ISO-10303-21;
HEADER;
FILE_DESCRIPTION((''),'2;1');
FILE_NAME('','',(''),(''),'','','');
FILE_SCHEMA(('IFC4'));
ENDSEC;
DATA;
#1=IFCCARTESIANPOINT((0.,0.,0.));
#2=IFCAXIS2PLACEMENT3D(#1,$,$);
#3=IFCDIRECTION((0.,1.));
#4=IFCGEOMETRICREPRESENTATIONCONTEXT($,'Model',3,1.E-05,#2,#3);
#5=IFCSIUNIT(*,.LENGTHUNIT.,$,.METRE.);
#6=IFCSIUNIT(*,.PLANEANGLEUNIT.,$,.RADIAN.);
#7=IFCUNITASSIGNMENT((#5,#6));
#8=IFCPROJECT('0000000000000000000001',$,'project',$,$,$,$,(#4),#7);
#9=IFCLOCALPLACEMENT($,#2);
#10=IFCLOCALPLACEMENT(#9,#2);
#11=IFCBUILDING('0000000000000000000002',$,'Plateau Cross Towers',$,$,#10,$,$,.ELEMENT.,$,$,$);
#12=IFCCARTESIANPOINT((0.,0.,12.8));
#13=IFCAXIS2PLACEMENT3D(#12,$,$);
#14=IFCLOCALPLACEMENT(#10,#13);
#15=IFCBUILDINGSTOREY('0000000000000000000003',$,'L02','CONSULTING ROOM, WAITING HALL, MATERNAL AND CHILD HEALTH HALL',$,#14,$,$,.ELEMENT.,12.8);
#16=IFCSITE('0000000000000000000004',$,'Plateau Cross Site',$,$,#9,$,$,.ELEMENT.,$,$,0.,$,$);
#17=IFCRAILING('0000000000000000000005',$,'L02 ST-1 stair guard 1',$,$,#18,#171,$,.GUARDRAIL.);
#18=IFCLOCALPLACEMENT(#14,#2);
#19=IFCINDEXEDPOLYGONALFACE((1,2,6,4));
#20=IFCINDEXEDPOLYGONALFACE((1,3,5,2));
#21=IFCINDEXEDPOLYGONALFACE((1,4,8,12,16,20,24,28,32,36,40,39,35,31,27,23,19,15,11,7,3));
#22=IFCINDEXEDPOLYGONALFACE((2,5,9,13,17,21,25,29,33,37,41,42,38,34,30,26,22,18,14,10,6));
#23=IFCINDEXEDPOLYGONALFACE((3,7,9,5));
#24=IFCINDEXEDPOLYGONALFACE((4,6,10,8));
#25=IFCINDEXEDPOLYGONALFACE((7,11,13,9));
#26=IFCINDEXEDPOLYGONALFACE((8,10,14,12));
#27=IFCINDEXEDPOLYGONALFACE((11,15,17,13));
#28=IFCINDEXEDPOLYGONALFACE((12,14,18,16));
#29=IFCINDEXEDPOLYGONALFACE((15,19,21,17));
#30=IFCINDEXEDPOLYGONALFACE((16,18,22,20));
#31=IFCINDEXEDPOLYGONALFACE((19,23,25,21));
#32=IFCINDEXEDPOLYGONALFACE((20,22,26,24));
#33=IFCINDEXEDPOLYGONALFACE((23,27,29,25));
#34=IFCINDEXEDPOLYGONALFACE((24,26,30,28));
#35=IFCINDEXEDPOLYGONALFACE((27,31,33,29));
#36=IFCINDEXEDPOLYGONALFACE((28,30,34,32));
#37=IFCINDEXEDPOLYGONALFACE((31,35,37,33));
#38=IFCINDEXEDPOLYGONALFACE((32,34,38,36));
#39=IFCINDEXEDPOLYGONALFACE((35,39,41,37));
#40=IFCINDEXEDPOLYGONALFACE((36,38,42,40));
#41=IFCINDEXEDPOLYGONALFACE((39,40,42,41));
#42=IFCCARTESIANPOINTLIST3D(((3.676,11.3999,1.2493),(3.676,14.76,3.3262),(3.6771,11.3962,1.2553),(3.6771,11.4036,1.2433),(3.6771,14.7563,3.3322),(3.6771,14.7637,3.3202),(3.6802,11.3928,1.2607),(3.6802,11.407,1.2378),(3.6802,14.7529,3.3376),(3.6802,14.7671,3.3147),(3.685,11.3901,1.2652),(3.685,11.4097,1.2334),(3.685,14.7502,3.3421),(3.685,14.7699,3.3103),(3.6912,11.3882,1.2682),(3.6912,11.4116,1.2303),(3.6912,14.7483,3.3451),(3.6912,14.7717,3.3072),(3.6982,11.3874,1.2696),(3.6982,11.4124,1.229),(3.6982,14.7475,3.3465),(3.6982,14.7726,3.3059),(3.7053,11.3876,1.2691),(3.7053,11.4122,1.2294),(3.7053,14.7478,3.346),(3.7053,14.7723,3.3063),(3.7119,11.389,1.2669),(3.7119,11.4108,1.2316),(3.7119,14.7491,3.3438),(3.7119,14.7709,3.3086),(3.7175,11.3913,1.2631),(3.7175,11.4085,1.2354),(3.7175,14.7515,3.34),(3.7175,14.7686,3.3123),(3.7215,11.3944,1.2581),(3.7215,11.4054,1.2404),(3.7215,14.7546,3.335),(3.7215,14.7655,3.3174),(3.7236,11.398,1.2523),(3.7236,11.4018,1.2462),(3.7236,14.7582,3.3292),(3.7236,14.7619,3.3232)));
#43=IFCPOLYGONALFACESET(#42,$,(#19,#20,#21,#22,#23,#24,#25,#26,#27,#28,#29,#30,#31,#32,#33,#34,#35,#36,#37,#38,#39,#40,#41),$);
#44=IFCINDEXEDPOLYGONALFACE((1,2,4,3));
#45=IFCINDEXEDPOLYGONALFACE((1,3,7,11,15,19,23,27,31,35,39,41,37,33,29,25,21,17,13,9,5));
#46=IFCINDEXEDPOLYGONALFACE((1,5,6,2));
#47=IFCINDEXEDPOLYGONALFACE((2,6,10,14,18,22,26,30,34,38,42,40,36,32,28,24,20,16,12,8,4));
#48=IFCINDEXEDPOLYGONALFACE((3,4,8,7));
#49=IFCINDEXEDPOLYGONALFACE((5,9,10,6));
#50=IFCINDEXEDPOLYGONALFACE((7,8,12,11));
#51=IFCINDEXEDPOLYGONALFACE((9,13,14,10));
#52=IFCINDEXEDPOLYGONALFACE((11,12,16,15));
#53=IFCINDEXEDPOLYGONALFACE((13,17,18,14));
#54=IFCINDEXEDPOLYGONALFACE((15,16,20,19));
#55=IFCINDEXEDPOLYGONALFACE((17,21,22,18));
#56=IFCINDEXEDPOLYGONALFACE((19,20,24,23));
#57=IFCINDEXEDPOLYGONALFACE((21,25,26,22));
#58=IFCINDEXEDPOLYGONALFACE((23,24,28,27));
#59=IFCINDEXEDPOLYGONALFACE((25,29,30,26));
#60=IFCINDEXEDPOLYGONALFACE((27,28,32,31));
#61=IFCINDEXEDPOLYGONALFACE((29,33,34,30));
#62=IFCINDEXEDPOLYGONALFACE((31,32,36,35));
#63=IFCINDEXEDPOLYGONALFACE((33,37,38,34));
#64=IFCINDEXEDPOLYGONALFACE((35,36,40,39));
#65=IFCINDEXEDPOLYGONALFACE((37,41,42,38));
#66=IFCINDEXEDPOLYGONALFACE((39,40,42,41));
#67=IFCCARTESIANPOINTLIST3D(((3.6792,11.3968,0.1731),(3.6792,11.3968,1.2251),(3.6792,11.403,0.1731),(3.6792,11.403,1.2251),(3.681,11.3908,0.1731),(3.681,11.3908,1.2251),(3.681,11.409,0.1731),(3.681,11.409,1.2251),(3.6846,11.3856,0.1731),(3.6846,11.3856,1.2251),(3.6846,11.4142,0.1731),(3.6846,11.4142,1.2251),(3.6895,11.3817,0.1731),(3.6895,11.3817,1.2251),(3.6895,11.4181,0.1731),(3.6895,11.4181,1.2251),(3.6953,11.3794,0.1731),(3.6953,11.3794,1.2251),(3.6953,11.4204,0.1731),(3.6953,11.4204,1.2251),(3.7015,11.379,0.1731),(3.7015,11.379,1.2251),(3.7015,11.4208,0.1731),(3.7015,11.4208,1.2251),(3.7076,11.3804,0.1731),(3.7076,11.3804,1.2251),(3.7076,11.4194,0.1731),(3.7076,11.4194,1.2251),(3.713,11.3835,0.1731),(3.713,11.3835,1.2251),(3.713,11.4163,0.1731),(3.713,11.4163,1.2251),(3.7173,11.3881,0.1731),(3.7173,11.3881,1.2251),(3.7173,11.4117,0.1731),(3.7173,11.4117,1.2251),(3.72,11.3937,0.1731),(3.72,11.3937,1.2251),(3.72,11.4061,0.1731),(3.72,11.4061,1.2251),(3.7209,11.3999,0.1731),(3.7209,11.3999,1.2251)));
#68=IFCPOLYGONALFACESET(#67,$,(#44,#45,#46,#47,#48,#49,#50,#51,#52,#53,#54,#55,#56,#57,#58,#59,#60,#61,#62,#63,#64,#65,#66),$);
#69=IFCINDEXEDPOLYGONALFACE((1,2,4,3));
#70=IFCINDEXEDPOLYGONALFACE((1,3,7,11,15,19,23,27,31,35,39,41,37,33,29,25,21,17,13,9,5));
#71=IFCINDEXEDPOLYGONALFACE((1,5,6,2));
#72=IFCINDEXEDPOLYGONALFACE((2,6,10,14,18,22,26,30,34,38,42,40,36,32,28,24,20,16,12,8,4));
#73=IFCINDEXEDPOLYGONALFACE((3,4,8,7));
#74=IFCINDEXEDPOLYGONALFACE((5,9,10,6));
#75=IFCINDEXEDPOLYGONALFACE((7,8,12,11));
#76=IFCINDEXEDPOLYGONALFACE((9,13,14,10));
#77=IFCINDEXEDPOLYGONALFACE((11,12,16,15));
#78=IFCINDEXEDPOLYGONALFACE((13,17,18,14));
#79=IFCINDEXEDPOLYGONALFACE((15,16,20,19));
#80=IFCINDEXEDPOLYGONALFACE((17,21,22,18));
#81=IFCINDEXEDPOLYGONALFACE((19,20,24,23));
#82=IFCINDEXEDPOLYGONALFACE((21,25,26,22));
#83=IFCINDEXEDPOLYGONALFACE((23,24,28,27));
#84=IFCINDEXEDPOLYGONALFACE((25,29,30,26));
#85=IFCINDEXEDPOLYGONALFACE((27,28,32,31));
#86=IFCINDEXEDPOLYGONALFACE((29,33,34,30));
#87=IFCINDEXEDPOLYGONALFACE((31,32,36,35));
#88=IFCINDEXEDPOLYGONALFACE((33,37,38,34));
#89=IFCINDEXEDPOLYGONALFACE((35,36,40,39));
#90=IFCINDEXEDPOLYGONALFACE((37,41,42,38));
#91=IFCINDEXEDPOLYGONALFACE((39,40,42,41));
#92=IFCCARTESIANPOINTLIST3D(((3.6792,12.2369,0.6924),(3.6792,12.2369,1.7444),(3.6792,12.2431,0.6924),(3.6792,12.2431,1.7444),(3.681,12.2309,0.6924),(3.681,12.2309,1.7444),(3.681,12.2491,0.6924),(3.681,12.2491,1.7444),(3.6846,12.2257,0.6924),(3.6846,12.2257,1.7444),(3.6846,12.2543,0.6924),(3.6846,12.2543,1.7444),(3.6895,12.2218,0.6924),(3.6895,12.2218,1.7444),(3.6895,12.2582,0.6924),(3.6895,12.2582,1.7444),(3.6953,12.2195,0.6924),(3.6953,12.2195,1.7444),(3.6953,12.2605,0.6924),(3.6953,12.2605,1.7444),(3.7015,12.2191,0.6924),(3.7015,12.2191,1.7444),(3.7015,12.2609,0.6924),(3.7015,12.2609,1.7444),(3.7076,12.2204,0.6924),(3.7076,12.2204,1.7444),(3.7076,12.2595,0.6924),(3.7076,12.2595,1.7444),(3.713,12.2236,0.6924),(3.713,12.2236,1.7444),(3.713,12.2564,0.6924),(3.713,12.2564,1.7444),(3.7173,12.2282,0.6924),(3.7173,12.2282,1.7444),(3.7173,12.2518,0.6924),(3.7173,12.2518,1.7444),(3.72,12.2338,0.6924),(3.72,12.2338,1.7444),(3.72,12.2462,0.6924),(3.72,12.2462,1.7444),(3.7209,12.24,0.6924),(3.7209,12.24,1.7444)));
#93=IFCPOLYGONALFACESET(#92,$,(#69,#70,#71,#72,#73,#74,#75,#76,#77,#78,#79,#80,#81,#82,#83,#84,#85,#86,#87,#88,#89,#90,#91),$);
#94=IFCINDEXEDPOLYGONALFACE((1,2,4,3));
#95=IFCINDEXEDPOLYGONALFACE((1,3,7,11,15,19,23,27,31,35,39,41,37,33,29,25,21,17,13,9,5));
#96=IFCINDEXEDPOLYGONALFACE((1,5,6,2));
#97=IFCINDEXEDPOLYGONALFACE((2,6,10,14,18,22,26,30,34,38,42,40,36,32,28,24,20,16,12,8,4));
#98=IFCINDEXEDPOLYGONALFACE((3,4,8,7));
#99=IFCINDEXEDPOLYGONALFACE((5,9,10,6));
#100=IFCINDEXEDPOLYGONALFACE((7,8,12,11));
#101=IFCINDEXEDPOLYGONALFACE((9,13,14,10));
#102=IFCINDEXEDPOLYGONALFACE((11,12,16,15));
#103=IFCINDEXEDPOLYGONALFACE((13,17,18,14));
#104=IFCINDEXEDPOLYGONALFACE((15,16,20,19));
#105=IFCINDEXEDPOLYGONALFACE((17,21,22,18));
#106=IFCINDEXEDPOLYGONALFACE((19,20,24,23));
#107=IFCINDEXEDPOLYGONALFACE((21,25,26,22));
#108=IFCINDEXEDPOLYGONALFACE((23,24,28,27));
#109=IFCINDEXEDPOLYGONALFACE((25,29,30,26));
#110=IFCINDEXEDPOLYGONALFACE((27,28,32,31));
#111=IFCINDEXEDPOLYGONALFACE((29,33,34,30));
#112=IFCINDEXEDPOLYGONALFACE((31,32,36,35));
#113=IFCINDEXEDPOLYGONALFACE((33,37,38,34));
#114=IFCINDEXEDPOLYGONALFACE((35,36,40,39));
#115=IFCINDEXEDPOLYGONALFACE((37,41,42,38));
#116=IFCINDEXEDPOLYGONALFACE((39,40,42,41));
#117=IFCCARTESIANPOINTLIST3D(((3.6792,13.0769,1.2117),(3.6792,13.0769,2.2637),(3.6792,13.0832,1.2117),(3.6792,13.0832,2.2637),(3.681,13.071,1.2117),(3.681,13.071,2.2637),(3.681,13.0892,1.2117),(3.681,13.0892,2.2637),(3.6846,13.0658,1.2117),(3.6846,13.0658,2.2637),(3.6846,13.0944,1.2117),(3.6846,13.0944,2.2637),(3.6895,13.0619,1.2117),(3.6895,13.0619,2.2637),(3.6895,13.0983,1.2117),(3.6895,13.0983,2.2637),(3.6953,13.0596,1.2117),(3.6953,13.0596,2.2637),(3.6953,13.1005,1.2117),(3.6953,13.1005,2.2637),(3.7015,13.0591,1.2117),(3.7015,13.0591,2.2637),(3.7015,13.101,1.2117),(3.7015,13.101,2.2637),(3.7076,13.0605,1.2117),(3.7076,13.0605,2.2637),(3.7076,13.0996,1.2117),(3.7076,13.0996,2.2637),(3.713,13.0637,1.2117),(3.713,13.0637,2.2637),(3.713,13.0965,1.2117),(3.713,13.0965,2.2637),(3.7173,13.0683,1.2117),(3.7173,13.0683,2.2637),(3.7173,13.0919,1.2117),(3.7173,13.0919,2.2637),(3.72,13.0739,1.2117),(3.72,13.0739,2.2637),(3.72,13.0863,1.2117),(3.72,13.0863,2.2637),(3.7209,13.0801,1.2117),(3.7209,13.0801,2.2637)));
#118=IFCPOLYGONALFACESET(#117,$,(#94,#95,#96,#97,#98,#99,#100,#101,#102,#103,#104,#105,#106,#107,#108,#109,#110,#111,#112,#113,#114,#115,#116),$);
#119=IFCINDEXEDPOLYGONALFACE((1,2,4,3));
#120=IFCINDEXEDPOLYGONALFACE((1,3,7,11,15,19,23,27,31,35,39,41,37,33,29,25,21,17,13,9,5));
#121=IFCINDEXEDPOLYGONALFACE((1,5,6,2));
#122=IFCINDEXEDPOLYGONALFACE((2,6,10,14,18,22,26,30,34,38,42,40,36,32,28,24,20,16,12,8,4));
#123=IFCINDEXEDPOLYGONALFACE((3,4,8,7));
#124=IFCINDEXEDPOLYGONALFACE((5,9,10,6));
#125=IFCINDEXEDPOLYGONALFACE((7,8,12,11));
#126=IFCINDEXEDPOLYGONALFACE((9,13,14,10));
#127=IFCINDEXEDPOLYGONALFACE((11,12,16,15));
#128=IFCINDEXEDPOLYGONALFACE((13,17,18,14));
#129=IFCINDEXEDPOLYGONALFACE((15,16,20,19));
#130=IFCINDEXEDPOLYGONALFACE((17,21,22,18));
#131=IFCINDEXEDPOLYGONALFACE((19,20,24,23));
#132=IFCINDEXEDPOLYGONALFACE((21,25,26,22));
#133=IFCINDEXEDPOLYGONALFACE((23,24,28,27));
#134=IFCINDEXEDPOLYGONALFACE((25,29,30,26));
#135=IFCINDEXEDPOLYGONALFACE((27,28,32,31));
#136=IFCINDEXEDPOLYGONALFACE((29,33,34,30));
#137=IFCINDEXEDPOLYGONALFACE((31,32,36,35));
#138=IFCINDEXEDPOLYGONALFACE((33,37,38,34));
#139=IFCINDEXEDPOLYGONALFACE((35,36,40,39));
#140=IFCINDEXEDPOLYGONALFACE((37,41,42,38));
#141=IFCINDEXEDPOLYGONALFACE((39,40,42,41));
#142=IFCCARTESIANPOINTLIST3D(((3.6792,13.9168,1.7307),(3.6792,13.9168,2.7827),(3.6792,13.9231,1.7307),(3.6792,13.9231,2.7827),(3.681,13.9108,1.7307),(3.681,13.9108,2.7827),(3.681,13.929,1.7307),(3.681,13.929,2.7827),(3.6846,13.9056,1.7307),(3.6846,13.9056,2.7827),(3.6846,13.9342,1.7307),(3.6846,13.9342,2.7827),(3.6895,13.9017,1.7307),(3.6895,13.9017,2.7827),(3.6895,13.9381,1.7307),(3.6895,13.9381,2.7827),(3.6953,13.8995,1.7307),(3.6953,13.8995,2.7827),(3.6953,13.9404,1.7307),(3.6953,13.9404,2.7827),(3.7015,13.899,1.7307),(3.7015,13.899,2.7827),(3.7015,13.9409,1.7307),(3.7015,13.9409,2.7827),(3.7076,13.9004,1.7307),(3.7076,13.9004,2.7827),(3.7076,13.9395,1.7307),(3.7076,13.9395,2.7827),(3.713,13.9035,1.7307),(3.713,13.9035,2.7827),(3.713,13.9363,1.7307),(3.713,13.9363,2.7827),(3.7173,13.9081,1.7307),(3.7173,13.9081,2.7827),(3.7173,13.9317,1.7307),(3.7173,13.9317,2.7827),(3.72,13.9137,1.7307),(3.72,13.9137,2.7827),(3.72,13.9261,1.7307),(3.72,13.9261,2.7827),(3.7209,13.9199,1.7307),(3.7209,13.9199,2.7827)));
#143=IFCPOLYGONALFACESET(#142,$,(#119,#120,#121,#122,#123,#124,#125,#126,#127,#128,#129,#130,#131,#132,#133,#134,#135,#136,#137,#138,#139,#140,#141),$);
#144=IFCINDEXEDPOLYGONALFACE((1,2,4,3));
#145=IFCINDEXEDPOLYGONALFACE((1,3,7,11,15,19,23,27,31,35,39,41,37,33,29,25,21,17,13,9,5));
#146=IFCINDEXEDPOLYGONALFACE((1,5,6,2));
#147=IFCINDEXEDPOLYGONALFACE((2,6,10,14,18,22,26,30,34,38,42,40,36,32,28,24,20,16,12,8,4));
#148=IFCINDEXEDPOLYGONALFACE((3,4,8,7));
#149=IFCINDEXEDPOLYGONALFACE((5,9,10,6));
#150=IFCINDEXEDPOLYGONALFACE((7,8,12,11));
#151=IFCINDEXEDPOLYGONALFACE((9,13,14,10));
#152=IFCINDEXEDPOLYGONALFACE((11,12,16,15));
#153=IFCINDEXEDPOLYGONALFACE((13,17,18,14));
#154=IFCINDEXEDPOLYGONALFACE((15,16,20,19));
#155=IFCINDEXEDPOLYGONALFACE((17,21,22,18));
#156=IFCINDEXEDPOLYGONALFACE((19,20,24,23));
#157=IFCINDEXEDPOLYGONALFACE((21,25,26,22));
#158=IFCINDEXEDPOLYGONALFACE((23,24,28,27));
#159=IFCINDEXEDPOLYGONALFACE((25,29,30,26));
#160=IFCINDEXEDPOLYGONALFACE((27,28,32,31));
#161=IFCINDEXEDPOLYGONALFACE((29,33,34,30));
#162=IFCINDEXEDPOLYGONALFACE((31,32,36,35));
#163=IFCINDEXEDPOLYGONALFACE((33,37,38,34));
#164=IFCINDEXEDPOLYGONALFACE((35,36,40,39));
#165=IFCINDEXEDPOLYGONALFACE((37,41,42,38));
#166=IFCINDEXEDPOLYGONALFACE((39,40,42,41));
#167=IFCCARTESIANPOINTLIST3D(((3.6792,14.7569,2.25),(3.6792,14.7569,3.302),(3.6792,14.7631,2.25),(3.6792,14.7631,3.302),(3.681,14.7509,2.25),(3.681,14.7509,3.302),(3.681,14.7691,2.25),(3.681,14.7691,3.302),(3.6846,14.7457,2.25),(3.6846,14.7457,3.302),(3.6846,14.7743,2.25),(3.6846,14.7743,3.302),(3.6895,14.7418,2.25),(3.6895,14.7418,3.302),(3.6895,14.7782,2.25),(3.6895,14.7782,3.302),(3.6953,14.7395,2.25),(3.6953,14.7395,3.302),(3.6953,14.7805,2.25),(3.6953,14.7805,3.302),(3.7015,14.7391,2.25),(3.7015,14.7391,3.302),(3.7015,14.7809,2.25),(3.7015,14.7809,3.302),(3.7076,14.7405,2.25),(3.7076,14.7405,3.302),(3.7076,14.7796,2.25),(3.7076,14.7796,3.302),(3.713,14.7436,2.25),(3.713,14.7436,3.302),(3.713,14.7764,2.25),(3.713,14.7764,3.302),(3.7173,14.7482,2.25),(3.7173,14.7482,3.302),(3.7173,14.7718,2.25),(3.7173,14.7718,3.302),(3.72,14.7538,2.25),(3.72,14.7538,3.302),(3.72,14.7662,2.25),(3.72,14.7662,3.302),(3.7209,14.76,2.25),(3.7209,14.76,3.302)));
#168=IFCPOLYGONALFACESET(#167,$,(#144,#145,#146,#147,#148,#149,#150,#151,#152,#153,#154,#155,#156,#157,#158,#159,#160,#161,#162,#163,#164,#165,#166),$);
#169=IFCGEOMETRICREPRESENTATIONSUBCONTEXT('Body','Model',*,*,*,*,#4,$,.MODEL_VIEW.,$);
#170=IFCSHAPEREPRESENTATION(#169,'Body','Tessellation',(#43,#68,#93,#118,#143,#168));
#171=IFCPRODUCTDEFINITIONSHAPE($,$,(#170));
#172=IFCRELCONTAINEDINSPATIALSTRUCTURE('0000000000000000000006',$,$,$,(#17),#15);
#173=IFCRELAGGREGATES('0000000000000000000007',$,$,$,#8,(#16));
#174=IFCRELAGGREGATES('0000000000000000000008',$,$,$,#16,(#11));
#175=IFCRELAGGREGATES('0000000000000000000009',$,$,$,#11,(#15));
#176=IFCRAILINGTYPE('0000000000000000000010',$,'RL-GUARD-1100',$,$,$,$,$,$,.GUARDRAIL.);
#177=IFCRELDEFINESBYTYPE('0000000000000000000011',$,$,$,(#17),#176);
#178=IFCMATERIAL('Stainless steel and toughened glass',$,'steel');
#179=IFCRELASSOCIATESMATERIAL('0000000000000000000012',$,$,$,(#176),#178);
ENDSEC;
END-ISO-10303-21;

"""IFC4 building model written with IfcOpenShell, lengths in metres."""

from ifc_helpers import new_model, si_unit, direction, frame, origin, origin_2d, place, context, subcontext, project, spatial, circle, extrude, material, type_object, element, save


model = new_model("IFC4")

# Units and contexts
model_context = context("Model", 3, precision=1e-05, world=origin(), true_north=direction((0.0, 1.0)))
body_context = subcontext(model_context, "Body", "Model", "MODEL_VIEW")
ifc_project = project(units=[si_unit("LENGTHUNIT", "METRE"), si_unit("PLANEANGLEUNIT", "RADIAN")], contexts=[model_context])

# Site, building, storey
site_placement = place(None, origin())
site = spatial("IfcSite", under=ifc_project, at=site_placement, Name="Plateau Cross Site", CompositionType="ELEMENT", RefElevation=0.0)
building_placement = place(site_placement, origin())
building = spatial("IfcBuilding", under=site, at=building_placement, Name="Plateau Cross Towers", CompositionType="ELEMENT")
storey_placement = place(building_placement, frame((0.0, 0.0, 12.8)))
storey = spatial("IfcBuildingStorey", under=building, at=storey_placement, Name="L02", Description="CONSULTING ROOM, WAITING HALL, MATERNAL AND CHILD HEALTH HALL", CompositionType="ELEMENT", Elevation=12.8)

# Railing
ifc_material_1 = material(Name="Stainless steel and toughened glass", Category="steel")
railing_type_1 = type_object("IfcRailingType", Name="RL-GUARD-1100", PredefinedType="GUARDRAIL", material=ifc_material_1)
railing_1_placement = place(storey_placement, frame((3.7, 11.3999, 0.1731)))
element("IfcRailing", 1, at=railing_1_placement, inside=storey, type_object=railing_type_1, Name="L02 ST-1 stair guard 1", PredefinedType="GUARDRAIL", context=body_context, shape_type="SweptSolid", body=[
    extrude(circle(Radius=0.0239, at=origin_2d()), frame((0.0, 0.0, 1.0762), z_axis=(0.0, 0.850623, 0.525776), x_axis=(-1.0, 0.0, 0.0)), (0.0, 0.0, 1.0), 3.9502),
    extrude(circle(Radius=0.021, at=origin_2d()), origin(), (0.0, 0.0, 1.0), 1.052),
    extrude(circle(Radius=0.021, at=origin_2d()), frame((0.0, 0.8401, 0.5193)), (0.0, 0.0, 1.0), 1.052),
    extrude(circle(Radius=0.021, at=origin_2d()), frame((0.0, 1.6802, 1.0386)), (0.0, 0.0, 1.0), 1.052),
    extrude(circle(Radius=0.021, at=origin_2d()), frame((0.0, 2.52, 1.5576)), (0.0, 0.0, 1.0), 1.052),
    extrude(circle(Radius=0.021, at=origin_2d()), frame((0.0, 3.3601, 2.0769)), (0.0, 0.0, 1.0), 1.052),
])

save(model, "model.ifc")
